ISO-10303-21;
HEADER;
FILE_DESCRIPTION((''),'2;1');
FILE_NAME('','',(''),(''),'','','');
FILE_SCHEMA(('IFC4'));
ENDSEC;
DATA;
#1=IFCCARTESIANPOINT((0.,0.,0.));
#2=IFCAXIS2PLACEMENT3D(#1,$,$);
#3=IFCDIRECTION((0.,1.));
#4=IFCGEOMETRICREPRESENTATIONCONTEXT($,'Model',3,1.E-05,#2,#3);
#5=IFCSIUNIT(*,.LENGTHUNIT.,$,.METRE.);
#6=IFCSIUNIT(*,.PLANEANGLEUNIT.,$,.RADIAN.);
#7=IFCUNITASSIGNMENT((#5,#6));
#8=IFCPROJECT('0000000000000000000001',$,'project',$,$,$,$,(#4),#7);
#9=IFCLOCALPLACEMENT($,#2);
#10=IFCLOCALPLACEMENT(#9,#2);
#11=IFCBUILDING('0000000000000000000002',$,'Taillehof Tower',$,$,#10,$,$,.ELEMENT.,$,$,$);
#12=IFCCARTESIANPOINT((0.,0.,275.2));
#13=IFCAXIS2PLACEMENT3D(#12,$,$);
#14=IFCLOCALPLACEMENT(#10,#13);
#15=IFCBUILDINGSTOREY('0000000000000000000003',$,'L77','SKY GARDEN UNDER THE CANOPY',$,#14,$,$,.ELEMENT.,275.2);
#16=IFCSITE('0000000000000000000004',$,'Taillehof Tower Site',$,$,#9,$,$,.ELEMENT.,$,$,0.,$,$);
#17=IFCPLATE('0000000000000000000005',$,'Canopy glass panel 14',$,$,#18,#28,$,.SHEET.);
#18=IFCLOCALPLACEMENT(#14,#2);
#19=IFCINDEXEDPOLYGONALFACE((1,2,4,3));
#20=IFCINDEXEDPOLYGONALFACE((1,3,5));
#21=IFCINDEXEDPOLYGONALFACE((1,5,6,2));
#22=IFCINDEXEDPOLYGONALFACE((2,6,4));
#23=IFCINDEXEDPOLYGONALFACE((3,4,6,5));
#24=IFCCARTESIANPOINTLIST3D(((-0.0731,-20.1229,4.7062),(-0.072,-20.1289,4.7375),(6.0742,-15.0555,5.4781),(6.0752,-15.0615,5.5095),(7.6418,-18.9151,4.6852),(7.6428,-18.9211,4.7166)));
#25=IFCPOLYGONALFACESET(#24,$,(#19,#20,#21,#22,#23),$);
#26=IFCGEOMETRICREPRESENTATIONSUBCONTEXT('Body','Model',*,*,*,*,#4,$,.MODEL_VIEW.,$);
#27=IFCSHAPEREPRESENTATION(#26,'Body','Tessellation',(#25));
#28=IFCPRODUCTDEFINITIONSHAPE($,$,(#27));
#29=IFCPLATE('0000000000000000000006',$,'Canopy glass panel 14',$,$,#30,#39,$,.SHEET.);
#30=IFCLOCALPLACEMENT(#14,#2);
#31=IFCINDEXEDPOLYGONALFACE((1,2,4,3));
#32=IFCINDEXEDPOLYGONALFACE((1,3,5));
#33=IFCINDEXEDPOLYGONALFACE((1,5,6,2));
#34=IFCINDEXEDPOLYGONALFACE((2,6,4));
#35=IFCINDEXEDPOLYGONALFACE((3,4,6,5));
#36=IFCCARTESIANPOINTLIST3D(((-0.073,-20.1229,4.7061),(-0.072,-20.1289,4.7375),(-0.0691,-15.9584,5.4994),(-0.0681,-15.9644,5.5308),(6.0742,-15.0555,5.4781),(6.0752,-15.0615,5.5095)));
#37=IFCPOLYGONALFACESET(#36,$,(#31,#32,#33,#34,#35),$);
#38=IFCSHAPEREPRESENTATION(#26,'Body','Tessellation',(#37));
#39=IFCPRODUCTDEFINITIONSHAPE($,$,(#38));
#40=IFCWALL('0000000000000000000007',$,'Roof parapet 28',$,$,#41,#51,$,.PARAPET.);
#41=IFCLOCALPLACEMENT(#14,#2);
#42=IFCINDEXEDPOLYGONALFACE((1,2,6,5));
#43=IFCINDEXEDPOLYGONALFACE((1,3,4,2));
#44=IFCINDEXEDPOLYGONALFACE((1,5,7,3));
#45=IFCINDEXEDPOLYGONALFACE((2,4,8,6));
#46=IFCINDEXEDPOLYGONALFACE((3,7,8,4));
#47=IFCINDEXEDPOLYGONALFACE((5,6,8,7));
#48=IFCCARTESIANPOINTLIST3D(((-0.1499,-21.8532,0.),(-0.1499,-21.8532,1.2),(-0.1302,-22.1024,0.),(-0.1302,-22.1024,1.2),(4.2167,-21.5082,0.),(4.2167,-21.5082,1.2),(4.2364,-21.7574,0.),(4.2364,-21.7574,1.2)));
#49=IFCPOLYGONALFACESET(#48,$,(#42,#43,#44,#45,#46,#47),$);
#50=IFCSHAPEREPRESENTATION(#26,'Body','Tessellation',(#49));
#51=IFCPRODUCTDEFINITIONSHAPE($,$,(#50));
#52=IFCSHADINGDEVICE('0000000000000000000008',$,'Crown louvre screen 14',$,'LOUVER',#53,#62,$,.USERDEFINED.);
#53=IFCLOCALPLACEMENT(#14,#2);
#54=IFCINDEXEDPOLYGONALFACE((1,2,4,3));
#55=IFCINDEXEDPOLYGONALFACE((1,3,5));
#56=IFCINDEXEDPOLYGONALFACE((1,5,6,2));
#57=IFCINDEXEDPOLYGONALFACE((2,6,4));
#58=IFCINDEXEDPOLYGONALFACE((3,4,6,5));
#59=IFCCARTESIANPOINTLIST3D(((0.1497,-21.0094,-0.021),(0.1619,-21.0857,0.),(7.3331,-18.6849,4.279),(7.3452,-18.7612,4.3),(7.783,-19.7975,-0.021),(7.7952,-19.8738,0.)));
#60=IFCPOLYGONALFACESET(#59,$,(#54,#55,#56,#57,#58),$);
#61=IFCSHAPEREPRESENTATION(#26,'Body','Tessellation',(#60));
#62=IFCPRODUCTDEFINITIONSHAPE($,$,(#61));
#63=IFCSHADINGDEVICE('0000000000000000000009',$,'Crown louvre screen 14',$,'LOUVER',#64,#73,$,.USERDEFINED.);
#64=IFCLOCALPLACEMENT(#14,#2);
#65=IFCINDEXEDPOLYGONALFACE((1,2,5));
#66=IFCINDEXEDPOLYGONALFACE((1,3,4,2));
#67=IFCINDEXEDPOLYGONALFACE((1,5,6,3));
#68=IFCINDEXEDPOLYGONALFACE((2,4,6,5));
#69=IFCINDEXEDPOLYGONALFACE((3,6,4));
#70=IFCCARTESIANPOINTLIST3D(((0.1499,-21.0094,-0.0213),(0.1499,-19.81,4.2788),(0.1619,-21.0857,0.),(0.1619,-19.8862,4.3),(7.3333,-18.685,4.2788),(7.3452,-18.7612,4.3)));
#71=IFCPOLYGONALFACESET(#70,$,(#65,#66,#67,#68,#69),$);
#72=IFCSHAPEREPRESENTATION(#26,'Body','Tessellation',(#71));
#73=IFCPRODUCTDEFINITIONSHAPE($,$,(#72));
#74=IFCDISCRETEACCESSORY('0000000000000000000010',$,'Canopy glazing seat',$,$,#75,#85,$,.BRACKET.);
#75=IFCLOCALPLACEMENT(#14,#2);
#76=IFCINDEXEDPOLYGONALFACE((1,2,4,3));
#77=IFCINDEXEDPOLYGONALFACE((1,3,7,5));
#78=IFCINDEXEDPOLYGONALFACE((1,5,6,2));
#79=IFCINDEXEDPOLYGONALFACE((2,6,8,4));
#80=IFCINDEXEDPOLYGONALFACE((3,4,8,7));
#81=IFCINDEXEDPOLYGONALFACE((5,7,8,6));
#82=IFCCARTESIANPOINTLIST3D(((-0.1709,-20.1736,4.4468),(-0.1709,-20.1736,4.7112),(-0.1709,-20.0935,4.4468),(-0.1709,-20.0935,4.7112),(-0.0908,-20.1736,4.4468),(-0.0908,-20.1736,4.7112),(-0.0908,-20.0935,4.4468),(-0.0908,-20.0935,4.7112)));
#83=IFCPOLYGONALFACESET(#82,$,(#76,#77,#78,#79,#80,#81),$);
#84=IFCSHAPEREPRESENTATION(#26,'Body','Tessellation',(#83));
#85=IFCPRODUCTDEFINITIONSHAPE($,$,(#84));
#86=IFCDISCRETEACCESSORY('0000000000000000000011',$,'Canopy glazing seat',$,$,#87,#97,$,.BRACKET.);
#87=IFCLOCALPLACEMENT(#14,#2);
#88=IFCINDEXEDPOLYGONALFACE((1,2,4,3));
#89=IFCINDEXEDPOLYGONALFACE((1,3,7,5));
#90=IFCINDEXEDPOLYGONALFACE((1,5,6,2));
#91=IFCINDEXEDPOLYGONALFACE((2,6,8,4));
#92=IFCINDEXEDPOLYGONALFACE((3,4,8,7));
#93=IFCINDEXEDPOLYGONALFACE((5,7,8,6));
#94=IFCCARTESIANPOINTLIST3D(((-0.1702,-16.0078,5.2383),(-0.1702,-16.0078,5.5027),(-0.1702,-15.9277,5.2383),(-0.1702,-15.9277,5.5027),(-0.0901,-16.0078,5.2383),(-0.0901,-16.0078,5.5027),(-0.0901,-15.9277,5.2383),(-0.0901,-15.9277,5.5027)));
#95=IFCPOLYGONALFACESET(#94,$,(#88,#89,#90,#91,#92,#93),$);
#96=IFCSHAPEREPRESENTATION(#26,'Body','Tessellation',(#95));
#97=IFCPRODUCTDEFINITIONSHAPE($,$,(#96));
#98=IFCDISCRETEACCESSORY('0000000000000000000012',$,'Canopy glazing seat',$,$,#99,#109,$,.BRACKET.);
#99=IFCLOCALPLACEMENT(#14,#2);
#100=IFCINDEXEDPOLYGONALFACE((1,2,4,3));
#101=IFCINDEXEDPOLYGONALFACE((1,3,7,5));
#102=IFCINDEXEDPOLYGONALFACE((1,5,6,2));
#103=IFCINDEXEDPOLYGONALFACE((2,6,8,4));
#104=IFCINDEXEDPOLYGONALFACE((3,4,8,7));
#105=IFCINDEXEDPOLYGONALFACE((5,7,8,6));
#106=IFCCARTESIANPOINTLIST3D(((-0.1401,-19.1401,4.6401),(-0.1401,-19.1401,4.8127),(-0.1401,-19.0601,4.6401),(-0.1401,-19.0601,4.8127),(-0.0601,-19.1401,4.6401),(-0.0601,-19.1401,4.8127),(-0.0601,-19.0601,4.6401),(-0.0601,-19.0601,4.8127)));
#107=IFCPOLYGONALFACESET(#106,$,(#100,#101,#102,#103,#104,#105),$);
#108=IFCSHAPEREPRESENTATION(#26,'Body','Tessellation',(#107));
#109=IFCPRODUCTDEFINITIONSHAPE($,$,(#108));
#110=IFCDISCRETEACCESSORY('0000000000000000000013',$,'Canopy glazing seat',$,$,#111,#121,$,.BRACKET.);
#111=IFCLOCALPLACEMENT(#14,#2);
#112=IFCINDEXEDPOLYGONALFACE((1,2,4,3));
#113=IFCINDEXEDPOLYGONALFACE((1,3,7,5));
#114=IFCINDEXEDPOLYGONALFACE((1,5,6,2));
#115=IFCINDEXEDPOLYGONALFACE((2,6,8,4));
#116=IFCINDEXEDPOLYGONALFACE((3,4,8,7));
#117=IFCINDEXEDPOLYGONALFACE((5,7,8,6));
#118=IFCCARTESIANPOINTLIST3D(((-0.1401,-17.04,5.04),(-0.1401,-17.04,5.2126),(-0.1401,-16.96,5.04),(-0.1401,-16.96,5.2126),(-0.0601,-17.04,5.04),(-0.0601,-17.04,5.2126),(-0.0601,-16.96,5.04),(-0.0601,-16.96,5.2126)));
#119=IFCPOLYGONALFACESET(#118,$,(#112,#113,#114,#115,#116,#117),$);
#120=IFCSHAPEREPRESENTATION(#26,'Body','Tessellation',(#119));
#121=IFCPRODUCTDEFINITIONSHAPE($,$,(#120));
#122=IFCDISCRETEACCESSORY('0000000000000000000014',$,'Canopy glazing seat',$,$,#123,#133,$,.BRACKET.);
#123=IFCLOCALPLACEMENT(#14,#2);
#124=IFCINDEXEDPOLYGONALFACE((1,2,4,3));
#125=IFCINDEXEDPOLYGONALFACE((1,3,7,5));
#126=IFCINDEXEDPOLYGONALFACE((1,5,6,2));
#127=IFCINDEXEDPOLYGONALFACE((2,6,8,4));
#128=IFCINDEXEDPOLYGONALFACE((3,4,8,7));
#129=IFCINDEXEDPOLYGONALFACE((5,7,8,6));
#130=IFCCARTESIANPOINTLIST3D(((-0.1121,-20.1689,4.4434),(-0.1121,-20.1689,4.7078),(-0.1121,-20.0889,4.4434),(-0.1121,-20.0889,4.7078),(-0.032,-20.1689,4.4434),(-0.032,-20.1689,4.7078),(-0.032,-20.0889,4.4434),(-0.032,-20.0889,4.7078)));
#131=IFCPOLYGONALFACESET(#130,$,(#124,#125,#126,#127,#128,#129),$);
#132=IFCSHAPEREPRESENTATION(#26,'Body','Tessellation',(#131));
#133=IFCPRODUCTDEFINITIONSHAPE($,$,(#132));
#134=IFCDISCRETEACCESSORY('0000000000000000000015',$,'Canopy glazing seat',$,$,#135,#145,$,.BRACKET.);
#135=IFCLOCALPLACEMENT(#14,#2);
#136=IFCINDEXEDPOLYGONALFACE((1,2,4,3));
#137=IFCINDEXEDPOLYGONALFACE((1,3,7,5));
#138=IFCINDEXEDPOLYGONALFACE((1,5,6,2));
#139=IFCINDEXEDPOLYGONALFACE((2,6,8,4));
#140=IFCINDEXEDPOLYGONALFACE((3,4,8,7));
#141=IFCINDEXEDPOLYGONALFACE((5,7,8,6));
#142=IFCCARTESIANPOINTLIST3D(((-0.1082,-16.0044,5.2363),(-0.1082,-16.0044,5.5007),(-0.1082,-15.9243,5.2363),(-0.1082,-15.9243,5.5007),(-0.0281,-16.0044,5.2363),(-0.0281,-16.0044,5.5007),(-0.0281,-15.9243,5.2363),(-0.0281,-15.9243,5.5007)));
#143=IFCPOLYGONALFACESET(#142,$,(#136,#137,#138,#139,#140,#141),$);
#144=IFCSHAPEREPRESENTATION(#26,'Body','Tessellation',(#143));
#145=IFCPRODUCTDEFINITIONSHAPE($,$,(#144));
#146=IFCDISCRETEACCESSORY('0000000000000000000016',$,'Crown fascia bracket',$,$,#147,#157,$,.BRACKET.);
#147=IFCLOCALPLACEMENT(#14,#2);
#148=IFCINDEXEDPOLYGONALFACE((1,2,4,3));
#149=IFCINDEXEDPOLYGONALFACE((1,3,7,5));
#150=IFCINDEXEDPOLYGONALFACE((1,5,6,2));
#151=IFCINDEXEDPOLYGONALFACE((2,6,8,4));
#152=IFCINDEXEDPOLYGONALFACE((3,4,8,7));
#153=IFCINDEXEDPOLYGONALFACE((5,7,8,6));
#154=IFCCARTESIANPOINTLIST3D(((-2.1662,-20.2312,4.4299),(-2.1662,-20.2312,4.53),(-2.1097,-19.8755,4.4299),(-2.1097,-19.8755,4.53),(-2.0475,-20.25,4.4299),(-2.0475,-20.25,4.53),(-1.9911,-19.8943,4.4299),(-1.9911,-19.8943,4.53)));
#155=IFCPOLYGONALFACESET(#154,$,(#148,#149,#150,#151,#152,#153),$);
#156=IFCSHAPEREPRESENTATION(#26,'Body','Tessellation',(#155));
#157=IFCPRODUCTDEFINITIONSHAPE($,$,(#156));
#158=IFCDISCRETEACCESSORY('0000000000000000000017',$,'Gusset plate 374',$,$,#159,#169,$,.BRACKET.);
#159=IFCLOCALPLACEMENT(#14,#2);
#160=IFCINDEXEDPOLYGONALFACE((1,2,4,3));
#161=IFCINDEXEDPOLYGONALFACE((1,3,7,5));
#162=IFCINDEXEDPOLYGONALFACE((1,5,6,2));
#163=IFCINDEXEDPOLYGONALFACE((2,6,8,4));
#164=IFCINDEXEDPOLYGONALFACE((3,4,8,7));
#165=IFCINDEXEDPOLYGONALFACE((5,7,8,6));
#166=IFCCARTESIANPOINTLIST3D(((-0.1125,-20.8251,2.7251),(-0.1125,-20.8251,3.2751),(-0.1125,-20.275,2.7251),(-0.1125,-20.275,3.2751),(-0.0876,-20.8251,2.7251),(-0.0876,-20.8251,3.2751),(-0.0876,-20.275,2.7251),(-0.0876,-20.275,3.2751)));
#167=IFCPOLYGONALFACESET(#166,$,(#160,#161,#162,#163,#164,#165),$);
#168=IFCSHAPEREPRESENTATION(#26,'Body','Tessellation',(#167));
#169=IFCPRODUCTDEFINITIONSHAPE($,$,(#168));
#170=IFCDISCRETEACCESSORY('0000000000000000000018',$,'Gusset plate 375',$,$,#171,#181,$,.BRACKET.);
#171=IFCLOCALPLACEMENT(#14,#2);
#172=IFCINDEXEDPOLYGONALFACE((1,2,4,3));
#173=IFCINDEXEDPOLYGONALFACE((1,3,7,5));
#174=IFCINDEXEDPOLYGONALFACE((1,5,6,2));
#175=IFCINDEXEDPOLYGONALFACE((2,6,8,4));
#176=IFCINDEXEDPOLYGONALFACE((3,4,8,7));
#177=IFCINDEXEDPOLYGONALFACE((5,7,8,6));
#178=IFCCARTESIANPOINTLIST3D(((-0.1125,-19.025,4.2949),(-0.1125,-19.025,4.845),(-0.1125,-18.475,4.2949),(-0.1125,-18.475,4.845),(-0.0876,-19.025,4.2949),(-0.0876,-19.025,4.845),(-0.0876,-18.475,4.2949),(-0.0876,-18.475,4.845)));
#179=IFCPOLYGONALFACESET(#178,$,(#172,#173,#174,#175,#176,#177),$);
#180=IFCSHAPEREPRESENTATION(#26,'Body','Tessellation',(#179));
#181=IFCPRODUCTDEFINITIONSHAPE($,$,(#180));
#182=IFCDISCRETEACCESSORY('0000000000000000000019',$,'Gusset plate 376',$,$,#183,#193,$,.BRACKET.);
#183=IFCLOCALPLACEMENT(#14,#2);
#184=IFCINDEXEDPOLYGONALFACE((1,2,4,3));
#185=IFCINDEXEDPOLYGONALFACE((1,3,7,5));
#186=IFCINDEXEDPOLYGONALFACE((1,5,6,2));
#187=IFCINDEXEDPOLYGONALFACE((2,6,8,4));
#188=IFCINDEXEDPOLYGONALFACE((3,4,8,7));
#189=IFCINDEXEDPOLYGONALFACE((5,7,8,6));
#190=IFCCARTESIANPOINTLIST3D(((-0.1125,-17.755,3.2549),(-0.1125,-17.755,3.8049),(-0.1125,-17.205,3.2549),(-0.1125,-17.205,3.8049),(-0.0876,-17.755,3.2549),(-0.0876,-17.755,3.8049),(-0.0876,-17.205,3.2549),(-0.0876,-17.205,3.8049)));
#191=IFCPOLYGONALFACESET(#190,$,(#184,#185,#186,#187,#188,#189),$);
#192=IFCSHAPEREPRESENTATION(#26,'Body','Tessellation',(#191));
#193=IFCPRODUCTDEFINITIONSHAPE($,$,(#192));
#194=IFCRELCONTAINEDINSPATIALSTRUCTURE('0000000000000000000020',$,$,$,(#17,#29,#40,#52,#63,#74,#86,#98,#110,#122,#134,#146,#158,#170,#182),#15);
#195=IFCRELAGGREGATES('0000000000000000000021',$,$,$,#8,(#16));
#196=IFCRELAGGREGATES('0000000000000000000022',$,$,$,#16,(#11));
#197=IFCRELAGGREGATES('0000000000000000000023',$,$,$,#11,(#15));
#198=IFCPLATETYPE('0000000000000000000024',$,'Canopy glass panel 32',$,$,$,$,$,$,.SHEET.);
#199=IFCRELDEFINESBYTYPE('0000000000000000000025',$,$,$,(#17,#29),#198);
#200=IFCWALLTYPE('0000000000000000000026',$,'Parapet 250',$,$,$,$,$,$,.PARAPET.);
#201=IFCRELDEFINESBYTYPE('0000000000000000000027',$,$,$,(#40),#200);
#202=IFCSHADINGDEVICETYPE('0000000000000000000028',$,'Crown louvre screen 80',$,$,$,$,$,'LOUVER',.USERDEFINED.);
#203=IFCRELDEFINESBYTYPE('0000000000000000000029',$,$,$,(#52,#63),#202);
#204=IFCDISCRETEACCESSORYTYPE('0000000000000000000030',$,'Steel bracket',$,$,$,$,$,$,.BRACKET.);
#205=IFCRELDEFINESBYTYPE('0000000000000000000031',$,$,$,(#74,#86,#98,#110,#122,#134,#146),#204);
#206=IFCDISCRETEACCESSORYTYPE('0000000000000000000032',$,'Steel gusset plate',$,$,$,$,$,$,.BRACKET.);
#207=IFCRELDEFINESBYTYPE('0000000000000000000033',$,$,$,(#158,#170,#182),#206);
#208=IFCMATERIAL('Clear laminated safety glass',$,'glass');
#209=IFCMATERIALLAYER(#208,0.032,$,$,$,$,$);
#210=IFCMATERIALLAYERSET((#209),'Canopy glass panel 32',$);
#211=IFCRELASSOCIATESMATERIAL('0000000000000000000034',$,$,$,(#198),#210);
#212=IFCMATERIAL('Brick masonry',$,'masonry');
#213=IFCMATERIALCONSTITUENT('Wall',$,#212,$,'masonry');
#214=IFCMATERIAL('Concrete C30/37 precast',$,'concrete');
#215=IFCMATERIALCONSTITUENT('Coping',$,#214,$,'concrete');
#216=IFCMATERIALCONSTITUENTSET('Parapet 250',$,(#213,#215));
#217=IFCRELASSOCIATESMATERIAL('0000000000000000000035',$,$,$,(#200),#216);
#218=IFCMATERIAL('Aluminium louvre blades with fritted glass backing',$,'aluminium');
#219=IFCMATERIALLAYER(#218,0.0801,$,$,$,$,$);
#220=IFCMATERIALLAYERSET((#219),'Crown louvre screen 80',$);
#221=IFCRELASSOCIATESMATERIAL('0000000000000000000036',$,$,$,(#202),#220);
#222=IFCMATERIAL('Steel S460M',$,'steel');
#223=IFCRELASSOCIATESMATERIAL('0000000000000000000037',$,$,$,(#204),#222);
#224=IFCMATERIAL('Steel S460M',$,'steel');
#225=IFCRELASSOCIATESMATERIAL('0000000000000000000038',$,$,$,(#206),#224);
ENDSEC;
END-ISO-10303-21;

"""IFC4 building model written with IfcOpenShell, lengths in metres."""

from ifc_helpers import new_model, si_unit, direction, frame, frame_2d, origin, origin_2d, place, context, subcontext, project, spatial, polyline, rectangle, outline, extrude, material, layer, layer_set, constituent, constituent_set, type_object, element, save


model = new_model("IFC4")

# Units and contexts
model_context = context("Model", 3, precision=1e-05, world=origin(), true_north=direction((0.0, 1.0)))
body_context = subcontext(model_context, "Body", "Model", "MODEL_VIEW")
ifc_project = project(units=[si_unit("LENGTHUNIT", "METRE"), si_unit("PLANEANGLEUNIT", "RADIAN")], contexts=[model_context])

# Site, building, storey
site_placement = place(None, origin())
site = spatial("IfcSite", under=ifc_project, at=site_placement, Name="Taillehof Tower Site", CompositionType="ELEMENT", RefElevation=0.0)
building_placement = place(site_placement, origin())
building = spatial("IfcBuilding", under=site, at=building_placement, Name="Taillehof Tower", CompositionType="ELEMENT")
storey_placement = place(building_placement, frame((0.0, 0.0, 275.2)))
storey = spatial("IfcBuildingStorey", under=building, at=storey_placement, Name="L77", Description="SKY GARDEN UNDER THE CANOPY", CompositionType="ELEMENT", Elevation=275.2)

# Plates
ifc_material_1 = material(Name="Clear laminated safety glass", Category="glass")
ifc_layer_1 = layer(ifc_material_1, 0.032)
ifc_layer_set_1 = layer_set([ifc_layer_1], Name="Canopy glass panel 32")
plate_type = type_object("IfcPlateType", Name="Canopy glass panel 32", PredefinedType="SHEET", material=ifc_layer_set_1)
plate_1_placement = place(storey_placement, frame((-0.072, -20.1289, 4.7375), z_axis=(0.032194, -0.188582, 0.98153), x_axis=(0.987963, 0.154666, -0.002689)))
element("IfcPlate", 1, at=plate_1_placement, inside=storey, type_object=plate_type, Name="Canopy glass panel 14", PredefinedType="SHEET", context=body_context, shape_type="SweptSolid", body=[
    extrude(outline(polyline([(0.0, 0.0), (7.8088, 0.0), (6.8549, 4.1319), (0.0, 0.0)])), origin(), (0.0, 0.0, -1.0), 0.032),
])
plate_2_placement = place(storey_placement, frame((-0.072, -20.1289, 4.7375), z_axis=(0.030883, -0.187043, 0.981866), x_axis=(0.768027, 0.633113, 0.096449)))
element("IfcPlate", 2, at=plate_2_placement, inside=storey, type_object=plate_type, Name="Canopy glass panel 14", PredefinedType="SHEET", context=body_context, shape_type="SweptSolid", body=[
    extrude(outline(polyline([(0.0, 0.0), (8.0039, 0.0), (2.7161, 3.255), (0.0, 0.0)])), origin(), (0.0, 0.0, -1.0), 0.032),
])

# Wall
ifc_material_2 = material(Name="Brick masonry", Category="masonry")
ifc_constituent_1 = constituent(ifc_material_2, Name="Wall", Category="masonry")
ifc_material_3 = material(Name="Concrete C30/37 precast", Category="concrete")
ifc_constituent_2 = constituent(ifc_material_3, Name="Coping", Category="concrete")
ifc_constituent_set = constituent_set(constituents=[ifc_constituent_1, ifc_constituent_2], Name="Parapet 250")
wall_type = type_object("IfcWallType", Name="Parapet 250", PredefinedType="PARAPET", material=ifc_constituent_set)
wall_placement = place(storey_placement, frame((-0.1399, -21.9778, 0.0), z_axis=(0.0, 0.0, 1.0), x_axis=(0.996894, 0.078759, 0.0)))
element("IfcWall", 3, at=wall_placement, inside=storey, type_object=wall_type, Name="Roof parapet 28", PredefinedType="PARAPET", context=body_context, shape_type="SweptSolid", body=[
    extrude(rectangle(XDim=4.3801, YDim=0.25, at=frame_2d((2.1899, 0.0))), origin(), (0.0, 0.0, 1.0), 1.2),
])

# Shading devices
ifc_material_4 = material(Name="Aluminium louvre blades with fritted glass backing", Category="aluminium")
ifc_layer_2 = layer(ifc_material_4, 0.0801)
ifc_layer_set_2 = layer_set([ifc_layer_2], Name="Crown louvre screen 80")
shading_device_type = type_object("IfcShadingDeviceType", Name="Crown louvre screen 80", ElementType="LOUVER", PredefinedType="USERDEFINED", material=ifc_layer_set_2)
shading_device_1_placement = place(storey_placement, frame((0.1619, -21.0857, 0.0), z_axis=(0.151308, -0.953021, 0.262407), x_axis=(0.98763, 0.156803, 0.0)))
element("IfcShadingDevice", 4, at=shading_device_1_placement, inside=storey, type_object=shading_device_type, Name="Crown louvre screen 14", ObjectType="LOUVER", PredefinedType="USERDEFINED", context=body_context, shape_type="SweptSolid", body=[
    extrude(outline(polyline([(0.0, 0.0), (7.7289, 0.0), (7.459, 4.4562), (0.0, 0.0)])), origin(), (0.0, 0.0, -1.0), 0.0801),
])
shading_device_2_placement = place(storey_placement, frame((0.1619, -21.0857, 0.0), z_axis=(0.149166, -0.952452, 0.265679), x_axis=(0.826743, 0.267526, 0.494899)))
element("IfcShadingDevice", 5, at=shading_device_2_placement, inside=storey, type_object=shading_device_type, Name="Crown louvre screen 14", ObjectType="LOUVER", PredefinedType="USERDEFINED", context=body_context, shape_type="SweptSolid", body=[
    extrude(outline(polyline([(0.0, 0.0), (8.6887, 0.0), (2.449, 3.7325), (0.0, 0.0)])), origin(), (0.0, 0.0, -1.0), 0.0801),
])

# Discrete accessories
ifc_material_5 = material(Name="Steel S460M", Category="steel")
discrete_accessory_type_1 = type_object("IfcDiscreteAccessoryType", Name="Steel bracket", PredefinedType="BRACKET", material=ifc_material_5)
for number, where, z_axis, x_axis, name in (
    (6, (-0.1309, -20.1335, 4.4468), (0.0, 0.0, 1.0), (1.0, 0.0, 0.0), "Canopy glazing seat"),
    (7, (-0.1301, -15.9678, 5.2383), (0.0, 0.0, 1.0), (1.0, 0.0, 0.0), "Canopy glazing seat"),
):
    element("IfcDiscreteAccessory", number, at=place(storey_placement, frame(where, z_axis=z_axis, x_axis=x_axis)), inside=storey, type_object=discrete_accessory_type_1, Name=name, PredefinedType="BRACKET", context=body_context, shape_type="SweptSolid", body=[
        extrude(rectangle(XDim=0.0801, YDim=0.0801, at=origin_2d()), origin(), (0.0, 0.0, 1.0), 0.2644),
    ])
for number, where, z_axis, x_axis, name in (
    (8, (-0.1001, -19.1001, 4.6401), (0.0, 0.0, 1.0), (0.0, 1.0, 0.0), "Canopy glazing seat"),
    (9, (-0.1001, -17.0, 5.04), (0.0, 0.0, 1.0), (0.0, 1.0, 0.0), "Canopy glazing seat"),
):
    element("IfcDiscreteAccessory", number, at=place(storey_placement, frame(where, z_axis=z_axis, x_axis=x_axis)), inside=storey, type_object=discrete_accessory_type_1, Name=name, PredefinedType="BRACKET", context=body_context, shape_type="SweptSolid", body=[
        extrude(rectangle(XDim=0.0801, YDim=0.0801, at=origin_2d()), origin(), (0.0, 0.0, 1.0), 0.1726),
    ])
for number, where, z_axis, x_axis, name in (
    (10, (-0.072, -20.1289, 4.4434), (0.0, 0.0, 1.0), (1.0, 0.0, 0.0), "Canopy glazing seat"),
    (11, (-0.0681, -15.9644, 5.2363), (0.0, 0.0, 1.0), (1.0, 0.0, 0.0), "Canopy glazing seat"),
):
    element("IfcDiscreteAccessory", number, at=place(storey_placement, frame(where, z_axis=z_axis, x_axis=x_axis)), inside=storey, type_object=discrete_accessory_type_1, Name=name, PredefinedType="BRACKET", context=body_context, shape_type="SweptSolid", body=[
        extrude(rectangle(XDim=0.0801, YDim=0.0801, at=origin_2d()), origin(), (0.0, 0.0, 1.0), 0.2644),
    ])
discrete_accessory_placement = place(storey_placement, frame((-2.0786, -20.0627, 4.4299), z_axis=(0.0, 0.0, 1.0), x_axis=(-0.156802, -0.98763, 0.0)))
element("IfcDiscreteAccessory", 12, at=discrete_accessory_placement, inside=storey, type_object=discrete_accessory_type_1, Name="Crown fascia bracket", PredefinedType="BRACKET", context=body_context, shape_type="SweptSolid", body=[
    extrude(rectangle(XDim=0.3601, YDim=0.1201, at=origin_2d()), origin(), (0.0, 0.0, 1.0), 0.1001),
])
ifc_material_6 = material(Name="Steel S460M", Category="steel")
discrete_accessory_type_2 = type_object("IfcDiscreteAccessoryType", Name="Steel gusset plate", PredefinedType="BRACKET", material=ifc_material_6)
for number, where, z_axis, x_axis, name in (
    (13, (-0.1001, -20.55, 2.7251), (0.0, 0.0, 1.0), (0.0, 1.0, 0.0), "Gusset plate 374"),
    (14, (-0.1001, -18.75, 4.2949), (0.0, 0.0, 1.0), (0.0, 1.0, 0.0), "Gusset plate 375"),
    (15, (-0.1001, -17.48, 3.2549), (0.0, 0.0, 1.0), (0.0, 1.0, 0.0), "Gusset plate 376"),
):
    element("IfcDiscreteAccessory", number, at=place(storey_placement, frame(where, z_axis=z_axis, x_axis=x_axis)), inside=storey, type_object=discrete_accessory_type_2, Name=name, PredefinedType="BRACKET", context=body_context, shape_type="SweptSolid", body=[
        extrude(rectangle(XDim=0.55, YDim=0.0249, at=origin_2d()), origin(), (0.0, 0.0, 1.0), 0.55),
    ])

save(model, "model.ifc")
